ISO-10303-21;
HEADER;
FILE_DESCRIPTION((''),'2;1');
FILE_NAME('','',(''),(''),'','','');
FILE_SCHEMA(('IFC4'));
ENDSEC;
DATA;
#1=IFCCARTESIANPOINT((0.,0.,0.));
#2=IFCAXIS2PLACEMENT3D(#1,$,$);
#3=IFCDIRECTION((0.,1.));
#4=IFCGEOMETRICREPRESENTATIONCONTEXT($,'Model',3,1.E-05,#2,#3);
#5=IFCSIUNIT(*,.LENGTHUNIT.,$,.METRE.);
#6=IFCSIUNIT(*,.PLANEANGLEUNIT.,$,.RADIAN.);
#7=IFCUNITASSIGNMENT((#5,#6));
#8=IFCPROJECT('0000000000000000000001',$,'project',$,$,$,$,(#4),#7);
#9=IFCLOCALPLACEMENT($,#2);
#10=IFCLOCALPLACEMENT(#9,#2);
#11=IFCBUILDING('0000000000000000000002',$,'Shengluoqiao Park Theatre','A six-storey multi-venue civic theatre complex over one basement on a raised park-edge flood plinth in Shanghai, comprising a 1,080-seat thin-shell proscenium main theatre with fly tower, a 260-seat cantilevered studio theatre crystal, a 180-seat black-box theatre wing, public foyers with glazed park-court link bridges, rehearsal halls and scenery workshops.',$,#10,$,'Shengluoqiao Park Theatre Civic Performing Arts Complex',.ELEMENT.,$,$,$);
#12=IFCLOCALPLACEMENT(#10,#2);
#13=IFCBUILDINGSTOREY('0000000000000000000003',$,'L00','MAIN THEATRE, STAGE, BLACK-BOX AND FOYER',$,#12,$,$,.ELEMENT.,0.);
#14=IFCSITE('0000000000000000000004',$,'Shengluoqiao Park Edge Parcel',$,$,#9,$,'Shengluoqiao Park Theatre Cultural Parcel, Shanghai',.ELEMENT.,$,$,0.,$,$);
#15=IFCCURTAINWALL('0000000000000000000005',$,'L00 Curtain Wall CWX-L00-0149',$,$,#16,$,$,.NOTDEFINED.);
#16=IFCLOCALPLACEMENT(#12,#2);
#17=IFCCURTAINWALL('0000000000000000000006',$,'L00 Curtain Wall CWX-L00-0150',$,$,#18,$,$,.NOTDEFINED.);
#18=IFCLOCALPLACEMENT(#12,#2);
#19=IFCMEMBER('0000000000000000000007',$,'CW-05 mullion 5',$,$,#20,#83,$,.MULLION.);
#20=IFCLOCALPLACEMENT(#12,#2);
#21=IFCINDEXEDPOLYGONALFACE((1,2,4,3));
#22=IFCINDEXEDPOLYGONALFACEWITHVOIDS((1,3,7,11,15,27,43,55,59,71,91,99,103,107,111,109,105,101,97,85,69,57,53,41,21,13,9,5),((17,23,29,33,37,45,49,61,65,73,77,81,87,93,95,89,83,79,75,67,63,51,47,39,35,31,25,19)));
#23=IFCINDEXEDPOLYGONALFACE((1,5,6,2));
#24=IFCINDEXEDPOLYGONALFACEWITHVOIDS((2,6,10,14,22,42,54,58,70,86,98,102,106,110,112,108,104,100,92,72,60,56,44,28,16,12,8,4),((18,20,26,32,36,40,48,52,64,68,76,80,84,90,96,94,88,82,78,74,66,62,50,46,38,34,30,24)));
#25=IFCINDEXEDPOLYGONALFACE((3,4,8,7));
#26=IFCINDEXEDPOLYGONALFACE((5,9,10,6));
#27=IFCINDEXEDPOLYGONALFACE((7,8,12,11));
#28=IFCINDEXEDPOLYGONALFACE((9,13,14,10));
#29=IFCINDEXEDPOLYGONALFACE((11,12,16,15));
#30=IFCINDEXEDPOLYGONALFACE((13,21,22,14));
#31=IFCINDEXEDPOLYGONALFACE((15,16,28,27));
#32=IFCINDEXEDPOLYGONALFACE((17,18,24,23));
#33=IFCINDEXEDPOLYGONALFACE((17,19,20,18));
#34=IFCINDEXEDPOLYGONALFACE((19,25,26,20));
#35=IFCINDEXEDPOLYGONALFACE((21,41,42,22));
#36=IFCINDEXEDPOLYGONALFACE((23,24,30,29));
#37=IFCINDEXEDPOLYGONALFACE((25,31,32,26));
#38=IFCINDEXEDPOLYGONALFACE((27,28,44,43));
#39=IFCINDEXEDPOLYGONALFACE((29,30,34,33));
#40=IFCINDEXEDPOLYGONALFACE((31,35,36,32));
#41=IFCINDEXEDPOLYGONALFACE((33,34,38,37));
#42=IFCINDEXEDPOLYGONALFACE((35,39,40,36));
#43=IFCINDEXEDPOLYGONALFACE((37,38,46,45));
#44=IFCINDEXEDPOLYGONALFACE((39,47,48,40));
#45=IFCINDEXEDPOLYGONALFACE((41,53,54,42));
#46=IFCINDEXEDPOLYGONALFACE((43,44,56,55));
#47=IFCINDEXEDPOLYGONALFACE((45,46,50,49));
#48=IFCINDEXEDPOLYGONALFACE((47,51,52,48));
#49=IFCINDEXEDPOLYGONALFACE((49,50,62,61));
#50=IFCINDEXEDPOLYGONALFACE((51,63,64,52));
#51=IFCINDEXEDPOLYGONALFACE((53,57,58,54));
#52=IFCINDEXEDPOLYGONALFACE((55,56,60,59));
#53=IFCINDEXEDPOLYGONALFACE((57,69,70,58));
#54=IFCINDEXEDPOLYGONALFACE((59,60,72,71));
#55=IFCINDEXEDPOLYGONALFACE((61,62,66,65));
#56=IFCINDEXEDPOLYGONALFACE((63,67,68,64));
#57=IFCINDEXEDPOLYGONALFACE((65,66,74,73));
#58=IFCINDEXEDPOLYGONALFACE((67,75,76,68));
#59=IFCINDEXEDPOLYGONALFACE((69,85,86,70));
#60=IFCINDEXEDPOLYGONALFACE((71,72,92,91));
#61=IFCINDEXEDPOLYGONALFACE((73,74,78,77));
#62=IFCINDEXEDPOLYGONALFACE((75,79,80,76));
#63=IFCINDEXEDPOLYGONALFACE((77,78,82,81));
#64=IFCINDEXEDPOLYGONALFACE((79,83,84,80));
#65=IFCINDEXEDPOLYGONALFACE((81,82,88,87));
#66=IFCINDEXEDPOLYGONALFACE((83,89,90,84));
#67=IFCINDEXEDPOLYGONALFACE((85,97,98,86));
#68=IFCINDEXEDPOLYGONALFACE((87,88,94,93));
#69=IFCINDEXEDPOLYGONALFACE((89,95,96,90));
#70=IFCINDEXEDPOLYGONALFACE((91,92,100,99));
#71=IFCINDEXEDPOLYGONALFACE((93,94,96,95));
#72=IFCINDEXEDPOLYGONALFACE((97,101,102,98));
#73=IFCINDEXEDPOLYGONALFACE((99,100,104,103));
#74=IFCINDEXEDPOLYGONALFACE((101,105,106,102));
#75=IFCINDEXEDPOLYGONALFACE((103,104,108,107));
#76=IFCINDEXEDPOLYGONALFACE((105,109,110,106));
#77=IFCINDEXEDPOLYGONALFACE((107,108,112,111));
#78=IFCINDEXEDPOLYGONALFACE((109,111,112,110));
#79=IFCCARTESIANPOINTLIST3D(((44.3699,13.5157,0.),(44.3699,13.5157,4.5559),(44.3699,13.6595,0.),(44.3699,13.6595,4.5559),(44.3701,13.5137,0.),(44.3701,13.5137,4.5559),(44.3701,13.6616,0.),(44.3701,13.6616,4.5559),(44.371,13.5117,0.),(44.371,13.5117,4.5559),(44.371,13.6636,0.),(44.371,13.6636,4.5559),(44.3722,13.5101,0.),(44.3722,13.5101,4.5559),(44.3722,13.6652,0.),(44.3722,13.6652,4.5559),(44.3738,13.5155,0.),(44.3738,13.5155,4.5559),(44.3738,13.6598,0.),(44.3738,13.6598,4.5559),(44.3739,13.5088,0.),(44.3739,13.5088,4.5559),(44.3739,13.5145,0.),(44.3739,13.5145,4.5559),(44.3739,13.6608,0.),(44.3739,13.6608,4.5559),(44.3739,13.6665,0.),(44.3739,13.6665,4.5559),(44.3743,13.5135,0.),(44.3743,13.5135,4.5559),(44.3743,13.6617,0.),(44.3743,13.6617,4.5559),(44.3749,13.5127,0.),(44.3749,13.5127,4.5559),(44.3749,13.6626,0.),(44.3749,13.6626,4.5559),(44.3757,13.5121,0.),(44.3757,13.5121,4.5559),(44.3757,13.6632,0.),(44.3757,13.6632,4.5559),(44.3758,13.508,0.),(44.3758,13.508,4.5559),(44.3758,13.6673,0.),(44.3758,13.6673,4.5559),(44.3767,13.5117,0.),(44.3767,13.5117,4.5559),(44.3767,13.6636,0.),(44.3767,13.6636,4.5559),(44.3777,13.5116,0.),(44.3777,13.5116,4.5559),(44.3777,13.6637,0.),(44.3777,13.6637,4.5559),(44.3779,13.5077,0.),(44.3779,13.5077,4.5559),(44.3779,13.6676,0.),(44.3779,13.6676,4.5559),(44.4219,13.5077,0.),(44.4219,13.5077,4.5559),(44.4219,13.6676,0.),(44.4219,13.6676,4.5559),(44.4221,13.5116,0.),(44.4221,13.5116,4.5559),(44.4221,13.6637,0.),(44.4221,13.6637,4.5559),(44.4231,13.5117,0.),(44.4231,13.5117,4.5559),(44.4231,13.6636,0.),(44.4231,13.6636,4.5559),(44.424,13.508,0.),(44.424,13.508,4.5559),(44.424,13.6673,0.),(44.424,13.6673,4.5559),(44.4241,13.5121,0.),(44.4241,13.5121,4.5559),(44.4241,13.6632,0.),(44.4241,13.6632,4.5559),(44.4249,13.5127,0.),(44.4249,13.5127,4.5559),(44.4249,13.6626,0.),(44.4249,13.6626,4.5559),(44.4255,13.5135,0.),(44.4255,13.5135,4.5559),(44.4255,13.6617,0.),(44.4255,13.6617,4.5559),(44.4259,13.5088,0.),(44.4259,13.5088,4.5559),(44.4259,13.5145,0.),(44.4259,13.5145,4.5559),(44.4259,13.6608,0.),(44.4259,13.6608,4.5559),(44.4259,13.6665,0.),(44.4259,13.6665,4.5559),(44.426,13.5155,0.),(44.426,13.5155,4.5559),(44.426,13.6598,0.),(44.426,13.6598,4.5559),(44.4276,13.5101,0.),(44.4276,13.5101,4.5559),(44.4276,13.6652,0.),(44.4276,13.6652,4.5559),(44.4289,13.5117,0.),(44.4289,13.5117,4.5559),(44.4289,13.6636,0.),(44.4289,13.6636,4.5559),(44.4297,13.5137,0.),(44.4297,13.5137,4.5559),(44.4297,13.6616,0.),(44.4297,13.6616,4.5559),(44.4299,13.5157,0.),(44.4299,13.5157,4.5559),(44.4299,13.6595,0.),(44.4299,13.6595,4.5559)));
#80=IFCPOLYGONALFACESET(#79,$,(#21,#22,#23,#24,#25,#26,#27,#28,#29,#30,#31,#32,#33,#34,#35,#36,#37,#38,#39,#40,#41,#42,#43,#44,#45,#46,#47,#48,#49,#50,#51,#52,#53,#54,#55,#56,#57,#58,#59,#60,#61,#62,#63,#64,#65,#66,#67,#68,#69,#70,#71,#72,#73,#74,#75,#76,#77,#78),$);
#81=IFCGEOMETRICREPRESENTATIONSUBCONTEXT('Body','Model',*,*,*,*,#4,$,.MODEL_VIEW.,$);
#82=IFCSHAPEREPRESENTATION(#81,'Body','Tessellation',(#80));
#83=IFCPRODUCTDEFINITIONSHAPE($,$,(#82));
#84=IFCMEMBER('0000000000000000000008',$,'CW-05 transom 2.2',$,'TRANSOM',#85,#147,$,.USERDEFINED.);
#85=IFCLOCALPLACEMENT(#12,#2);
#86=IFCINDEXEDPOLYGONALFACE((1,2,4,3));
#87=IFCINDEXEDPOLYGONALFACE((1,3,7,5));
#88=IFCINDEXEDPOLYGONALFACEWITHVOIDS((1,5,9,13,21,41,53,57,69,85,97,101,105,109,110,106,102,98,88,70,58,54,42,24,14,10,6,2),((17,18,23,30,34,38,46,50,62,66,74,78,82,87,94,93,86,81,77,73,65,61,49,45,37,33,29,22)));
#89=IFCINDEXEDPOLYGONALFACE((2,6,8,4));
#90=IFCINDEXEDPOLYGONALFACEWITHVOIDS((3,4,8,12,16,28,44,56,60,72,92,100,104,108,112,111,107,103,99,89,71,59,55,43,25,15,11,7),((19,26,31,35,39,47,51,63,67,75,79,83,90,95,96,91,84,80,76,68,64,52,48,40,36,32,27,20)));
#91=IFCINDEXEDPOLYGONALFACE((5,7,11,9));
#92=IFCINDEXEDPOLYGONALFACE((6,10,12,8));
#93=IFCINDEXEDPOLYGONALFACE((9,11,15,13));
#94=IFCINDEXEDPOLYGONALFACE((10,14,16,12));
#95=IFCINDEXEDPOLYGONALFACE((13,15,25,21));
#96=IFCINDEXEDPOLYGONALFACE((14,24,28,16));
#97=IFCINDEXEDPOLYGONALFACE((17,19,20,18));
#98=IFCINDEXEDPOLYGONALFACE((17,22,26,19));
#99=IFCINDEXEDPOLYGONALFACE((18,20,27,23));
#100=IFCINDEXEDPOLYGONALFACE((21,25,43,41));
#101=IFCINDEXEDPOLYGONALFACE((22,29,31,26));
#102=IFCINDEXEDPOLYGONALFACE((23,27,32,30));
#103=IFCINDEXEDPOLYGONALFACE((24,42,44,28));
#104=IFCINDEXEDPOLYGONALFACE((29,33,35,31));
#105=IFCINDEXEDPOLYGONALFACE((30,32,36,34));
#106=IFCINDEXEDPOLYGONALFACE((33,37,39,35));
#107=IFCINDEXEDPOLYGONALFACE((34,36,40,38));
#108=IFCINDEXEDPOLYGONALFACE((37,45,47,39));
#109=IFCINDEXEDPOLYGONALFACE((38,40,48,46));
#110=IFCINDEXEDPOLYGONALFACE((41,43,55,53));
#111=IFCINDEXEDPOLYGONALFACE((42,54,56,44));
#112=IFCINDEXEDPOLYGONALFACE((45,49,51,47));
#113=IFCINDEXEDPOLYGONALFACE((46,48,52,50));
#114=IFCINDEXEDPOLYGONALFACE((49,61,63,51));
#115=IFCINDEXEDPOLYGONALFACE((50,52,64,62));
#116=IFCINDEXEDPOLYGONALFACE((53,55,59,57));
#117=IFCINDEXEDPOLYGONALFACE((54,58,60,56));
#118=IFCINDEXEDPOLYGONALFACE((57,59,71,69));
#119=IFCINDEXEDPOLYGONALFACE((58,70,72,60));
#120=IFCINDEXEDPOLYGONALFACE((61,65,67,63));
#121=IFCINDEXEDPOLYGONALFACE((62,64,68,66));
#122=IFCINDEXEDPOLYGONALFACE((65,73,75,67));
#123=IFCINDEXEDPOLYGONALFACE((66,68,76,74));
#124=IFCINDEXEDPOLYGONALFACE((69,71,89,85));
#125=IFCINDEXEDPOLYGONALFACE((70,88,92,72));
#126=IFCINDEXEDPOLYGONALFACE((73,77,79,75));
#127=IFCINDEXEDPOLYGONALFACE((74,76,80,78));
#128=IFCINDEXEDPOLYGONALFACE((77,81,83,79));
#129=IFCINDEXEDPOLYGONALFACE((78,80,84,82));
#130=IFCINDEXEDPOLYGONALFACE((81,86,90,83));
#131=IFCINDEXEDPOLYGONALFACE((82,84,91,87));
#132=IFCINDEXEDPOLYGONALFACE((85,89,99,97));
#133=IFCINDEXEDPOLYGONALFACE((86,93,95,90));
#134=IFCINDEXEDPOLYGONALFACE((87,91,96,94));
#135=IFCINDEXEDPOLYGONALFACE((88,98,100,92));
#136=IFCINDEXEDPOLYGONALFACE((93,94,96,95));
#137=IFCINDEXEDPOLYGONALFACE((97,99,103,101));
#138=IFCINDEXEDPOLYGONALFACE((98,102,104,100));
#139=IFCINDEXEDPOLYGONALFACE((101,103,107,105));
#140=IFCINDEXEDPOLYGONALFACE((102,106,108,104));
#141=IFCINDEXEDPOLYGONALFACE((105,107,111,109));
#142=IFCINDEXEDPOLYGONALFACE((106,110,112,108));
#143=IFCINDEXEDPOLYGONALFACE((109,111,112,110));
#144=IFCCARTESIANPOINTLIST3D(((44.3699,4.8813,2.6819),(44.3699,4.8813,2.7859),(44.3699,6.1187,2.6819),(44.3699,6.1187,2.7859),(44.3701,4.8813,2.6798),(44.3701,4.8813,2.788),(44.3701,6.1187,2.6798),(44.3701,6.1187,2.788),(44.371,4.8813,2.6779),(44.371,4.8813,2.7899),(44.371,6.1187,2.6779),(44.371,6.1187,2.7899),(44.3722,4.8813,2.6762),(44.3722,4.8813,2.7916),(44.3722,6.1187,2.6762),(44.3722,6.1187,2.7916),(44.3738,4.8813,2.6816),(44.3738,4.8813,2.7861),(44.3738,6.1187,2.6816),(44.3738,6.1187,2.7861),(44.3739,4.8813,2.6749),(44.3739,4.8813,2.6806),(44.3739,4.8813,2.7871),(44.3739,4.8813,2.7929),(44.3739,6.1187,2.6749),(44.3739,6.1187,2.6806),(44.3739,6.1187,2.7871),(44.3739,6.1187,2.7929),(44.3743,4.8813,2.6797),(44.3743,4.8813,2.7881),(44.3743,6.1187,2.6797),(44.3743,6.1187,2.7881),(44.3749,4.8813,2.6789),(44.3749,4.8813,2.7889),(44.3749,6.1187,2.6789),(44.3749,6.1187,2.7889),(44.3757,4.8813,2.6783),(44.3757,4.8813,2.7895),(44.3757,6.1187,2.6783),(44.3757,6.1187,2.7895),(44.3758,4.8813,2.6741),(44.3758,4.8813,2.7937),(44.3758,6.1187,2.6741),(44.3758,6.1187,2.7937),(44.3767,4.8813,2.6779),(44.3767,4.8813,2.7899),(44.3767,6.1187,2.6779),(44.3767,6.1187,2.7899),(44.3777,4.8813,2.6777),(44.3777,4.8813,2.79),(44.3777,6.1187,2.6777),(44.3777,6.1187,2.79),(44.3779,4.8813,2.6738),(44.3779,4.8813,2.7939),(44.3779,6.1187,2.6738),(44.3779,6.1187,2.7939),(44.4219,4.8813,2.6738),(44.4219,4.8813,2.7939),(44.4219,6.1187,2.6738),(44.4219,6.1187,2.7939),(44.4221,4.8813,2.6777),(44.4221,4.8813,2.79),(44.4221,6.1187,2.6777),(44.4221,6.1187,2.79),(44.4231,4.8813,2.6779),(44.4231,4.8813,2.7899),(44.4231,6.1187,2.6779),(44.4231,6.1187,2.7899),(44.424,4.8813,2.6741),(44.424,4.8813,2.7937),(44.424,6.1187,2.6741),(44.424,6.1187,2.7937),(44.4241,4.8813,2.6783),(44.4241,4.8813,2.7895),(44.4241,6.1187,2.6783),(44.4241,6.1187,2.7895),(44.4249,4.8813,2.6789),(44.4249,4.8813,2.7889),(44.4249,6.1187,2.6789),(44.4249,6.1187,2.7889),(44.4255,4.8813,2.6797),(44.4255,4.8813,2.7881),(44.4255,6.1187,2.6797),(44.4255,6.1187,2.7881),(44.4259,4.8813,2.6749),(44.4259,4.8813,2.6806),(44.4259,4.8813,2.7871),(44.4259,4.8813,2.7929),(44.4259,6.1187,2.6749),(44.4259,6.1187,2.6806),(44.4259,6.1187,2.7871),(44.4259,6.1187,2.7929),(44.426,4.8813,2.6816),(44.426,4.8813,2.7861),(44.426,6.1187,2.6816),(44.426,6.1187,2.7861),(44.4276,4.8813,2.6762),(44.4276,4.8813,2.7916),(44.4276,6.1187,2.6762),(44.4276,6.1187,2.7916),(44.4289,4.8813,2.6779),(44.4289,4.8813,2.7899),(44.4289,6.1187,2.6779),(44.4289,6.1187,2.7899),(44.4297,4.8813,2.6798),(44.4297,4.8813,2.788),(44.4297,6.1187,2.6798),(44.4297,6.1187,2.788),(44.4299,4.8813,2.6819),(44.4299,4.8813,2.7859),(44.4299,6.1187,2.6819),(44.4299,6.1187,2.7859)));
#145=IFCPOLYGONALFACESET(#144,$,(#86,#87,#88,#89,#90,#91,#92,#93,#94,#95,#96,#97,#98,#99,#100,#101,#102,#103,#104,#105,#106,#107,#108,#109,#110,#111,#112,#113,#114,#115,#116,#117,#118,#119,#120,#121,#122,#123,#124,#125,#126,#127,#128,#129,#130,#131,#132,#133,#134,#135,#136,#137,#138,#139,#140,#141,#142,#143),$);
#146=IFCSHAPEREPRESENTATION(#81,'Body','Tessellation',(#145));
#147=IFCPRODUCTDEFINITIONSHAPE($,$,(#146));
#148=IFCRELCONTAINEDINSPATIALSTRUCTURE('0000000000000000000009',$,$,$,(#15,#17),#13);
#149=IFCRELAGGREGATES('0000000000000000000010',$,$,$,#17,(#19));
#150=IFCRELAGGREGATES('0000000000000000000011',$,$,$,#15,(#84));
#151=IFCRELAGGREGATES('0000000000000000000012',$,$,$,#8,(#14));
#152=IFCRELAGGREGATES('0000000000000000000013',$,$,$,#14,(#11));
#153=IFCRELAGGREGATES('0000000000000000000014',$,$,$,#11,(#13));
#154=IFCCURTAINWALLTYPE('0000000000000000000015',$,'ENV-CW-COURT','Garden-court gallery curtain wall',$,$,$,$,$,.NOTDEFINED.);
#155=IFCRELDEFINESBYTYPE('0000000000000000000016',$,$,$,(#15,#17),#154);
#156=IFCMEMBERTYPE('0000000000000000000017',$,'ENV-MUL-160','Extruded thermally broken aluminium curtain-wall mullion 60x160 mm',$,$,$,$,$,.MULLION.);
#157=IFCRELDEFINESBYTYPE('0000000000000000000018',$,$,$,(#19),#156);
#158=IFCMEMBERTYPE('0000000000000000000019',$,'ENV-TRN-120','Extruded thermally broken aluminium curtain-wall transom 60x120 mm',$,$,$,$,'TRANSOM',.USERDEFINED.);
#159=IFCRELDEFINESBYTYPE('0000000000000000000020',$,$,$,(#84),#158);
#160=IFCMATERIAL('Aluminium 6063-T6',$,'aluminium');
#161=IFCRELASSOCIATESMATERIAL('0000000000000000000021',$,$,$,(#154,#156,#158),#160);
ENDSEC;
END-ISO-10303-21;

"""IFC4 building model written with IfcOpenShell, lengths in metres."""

from ifc_helpers import new_model, si_unit, direction, frame, origin, origin_2d, place, context, subcontext, project, spatial, hollow_rectangle, extrude, material, material_profile, profile_set, type_object, element, aggregate, save


model = new_model("IFC4")

# Units and contexts
model_context = context("Model", 3, precision=1e-05, world=origin(), true_north=direction((0.0, 1.0)))
body_context = subcontext(model_context, "Body", "Model", "MODEL_VIEW")
ifc_project = project(units=[si_unit("LENGTHUNIT", "METRE"), si_unit("PLANEANGLEUNIT", "RADIAN")], contexts=[model_context])

# Site, building, storey
site_placement = place(None, origin())
site = spatial("IfcSite", under=ifc_project, at=site_placement, Name="Shengluoqiao Park Edge Parcel", LongName="Shengluoqiao Park Theatre Cultural Parcel, Shanghai", CompositionType="ELEMENT", RefElevation=0.0)
building_placement = place(site_placement, origin())
building = spatial("IfcBuilding", under=site, at=building_placement, Name="Shengluoqiao Park Theatre", Description="A six-storey multi-venue civic theatre complex over one basement on a raised park-edge flood plinth in Shanghai, comprising a 1,080-seat thin-shell proscenium main theatre with fly tower, a 260-seat cantilevered studio theatre crystal, a 180-seat black-box theatre wing, public foyers with glazed park-court link bridges, rehearsal halls and scenery workshops.", LongName="Shengluoqiao Park Theatre Civic Performing Arts Complex", CompositionType="ELEMENT")
storey_placement = place(building_placement, origin())
storey = spatial("IfcBuildingStorey", under=building, at=storey_placement, Name="L00", Description="MAIN THEATRE, STAGE, BLACK-BOX AND FOYER", CompositionType="ELEMENT", Elevation=0.0)

# Curtain walls, member
ifc_material_1 = material(Name="Aluminium 6063-T6", Category="aluminium")
curtain_wall_type = type_object("IfcCurtainWallType", Name="ENV-CW-COURT", Description="Garden-court gallery curtain wall", PredefinedType="NOTDEFINED", material=ifc_material_1)
curtain_wall_1_placement = place(storey_placement, origin())
curtain_wall_1 = element("IfcCurtainWall", 1, at=curtain_wall_1_placement, inside=storey, type_object=curtain_wall_type, Name="L00 Curtain Wall CWX-L00-0149", PredefinedType="NOTDEFINED")
ifc_material_profile_1 = material_profile(ifc_material_1, hollow_rectangle(XDim=0.0601, YDim=0.1599, WallThickness=0.0039, InnerFilletRadius=0.0039, OuterFilletRadius=0.0081, at=origin_2d()), Name="ALU MULLION 160x60x4")
ifc_profile_set_1 = profile_set([ifc_material_profile_1], Name="Aluminium 6063-T6")
member_type_1 = type_object("IfcMemberType", Name="ENV-MUL-160", Description="Extruded thermally broken aluminium curtain-wall mullion 60x160 mm", PredefinedType="MULLION", material=ifc_profile_set_1)
curtain_wall_2_placement = place(storey_placement, origin())
curtain_wall_2 = element("IfcCurtainWall", 2, at=curtain_wall_2_placement, inside=storey, type_object=curtain_wall_type, Name="L00 Curtain Wall CWX-L00-0150", PredefinedType="NOTDEFINED")
member_1_placement = place(storey_placement, frame((44.3999, 13.5876, 0.0), z_axis=(0.0, 0.0, 1.0), x_axis=(-1.0, 0.0, 0.0)))
member_1 = element("IfcMember", 3, at=member_1_placement, type_object=member_type_1, Name="CW-05 mullion 5", PredefinedType="MULLION", context=body_context, shape_type="SweptSolid", body=[
    extrude(hollow_rectangle(XDim=0.0601, YDim=0.1599, WallThickness=0.0039, InnerFilletRadius=0.0039, OuterFilletRadius=0.0081, at=origin_2d()), origin(), (0.0, 0.0, 1.0), 4.5559),
])

# Member
ifc_material_profile_2 = material_profile(ifc_material_1, hollow_rectangle(XDim=0.0601, YDim=0.1201, WallThickness=0.0039, InnerFilletRadius=0.0039, OuterFilletRadius=0.0081, at=origin_2d()), Name="ALU TRANSOM 120x60x4")
ifc_profile_set_2 = profile_set([ifc_material_profile_2], Name="Aluminium 6063-T6")
member_type_2 = type_object("IfcMemberType", Name="ENV-TRN-120", Description="Extruded thermally broken aluminium curtain-wall transom 60x120 mm", ElementType="TRANSOM", PredefinedType="USERDEFINED", material=ifc_profile_set_2)
member_2_placement = place(storey_placement, frame((44.3999, 4.8813, 2.7339), z_axis=(0.0, 1.0, 0.0), x_axis=(-1.0, 0.0, 0.0)))
member_2 = element("IfcMember", 4, at=member_2_placement, type_object=member_type_2, Name="CW-05 transom 2.2", ObjectType="TRANSOM", PredefinedType="USERDEFINED", context=body_context, shape_type="SweptSolid", body=[
    extrude(hollow_rectangle(XDim=0.0601, YDim=0.1201, WallThickness=0.0039, InnerFilletRadius=0.0039, OuterFilletRadius=0.0081, at=origin_2d()), origin(), (0.0, 0.0, 1.0), 1.2373),
])

aggregate(curtain_wall_2, [member_1])
aggregate(curtain_wall_1, [member_2])

save(model, "model.ifc")
